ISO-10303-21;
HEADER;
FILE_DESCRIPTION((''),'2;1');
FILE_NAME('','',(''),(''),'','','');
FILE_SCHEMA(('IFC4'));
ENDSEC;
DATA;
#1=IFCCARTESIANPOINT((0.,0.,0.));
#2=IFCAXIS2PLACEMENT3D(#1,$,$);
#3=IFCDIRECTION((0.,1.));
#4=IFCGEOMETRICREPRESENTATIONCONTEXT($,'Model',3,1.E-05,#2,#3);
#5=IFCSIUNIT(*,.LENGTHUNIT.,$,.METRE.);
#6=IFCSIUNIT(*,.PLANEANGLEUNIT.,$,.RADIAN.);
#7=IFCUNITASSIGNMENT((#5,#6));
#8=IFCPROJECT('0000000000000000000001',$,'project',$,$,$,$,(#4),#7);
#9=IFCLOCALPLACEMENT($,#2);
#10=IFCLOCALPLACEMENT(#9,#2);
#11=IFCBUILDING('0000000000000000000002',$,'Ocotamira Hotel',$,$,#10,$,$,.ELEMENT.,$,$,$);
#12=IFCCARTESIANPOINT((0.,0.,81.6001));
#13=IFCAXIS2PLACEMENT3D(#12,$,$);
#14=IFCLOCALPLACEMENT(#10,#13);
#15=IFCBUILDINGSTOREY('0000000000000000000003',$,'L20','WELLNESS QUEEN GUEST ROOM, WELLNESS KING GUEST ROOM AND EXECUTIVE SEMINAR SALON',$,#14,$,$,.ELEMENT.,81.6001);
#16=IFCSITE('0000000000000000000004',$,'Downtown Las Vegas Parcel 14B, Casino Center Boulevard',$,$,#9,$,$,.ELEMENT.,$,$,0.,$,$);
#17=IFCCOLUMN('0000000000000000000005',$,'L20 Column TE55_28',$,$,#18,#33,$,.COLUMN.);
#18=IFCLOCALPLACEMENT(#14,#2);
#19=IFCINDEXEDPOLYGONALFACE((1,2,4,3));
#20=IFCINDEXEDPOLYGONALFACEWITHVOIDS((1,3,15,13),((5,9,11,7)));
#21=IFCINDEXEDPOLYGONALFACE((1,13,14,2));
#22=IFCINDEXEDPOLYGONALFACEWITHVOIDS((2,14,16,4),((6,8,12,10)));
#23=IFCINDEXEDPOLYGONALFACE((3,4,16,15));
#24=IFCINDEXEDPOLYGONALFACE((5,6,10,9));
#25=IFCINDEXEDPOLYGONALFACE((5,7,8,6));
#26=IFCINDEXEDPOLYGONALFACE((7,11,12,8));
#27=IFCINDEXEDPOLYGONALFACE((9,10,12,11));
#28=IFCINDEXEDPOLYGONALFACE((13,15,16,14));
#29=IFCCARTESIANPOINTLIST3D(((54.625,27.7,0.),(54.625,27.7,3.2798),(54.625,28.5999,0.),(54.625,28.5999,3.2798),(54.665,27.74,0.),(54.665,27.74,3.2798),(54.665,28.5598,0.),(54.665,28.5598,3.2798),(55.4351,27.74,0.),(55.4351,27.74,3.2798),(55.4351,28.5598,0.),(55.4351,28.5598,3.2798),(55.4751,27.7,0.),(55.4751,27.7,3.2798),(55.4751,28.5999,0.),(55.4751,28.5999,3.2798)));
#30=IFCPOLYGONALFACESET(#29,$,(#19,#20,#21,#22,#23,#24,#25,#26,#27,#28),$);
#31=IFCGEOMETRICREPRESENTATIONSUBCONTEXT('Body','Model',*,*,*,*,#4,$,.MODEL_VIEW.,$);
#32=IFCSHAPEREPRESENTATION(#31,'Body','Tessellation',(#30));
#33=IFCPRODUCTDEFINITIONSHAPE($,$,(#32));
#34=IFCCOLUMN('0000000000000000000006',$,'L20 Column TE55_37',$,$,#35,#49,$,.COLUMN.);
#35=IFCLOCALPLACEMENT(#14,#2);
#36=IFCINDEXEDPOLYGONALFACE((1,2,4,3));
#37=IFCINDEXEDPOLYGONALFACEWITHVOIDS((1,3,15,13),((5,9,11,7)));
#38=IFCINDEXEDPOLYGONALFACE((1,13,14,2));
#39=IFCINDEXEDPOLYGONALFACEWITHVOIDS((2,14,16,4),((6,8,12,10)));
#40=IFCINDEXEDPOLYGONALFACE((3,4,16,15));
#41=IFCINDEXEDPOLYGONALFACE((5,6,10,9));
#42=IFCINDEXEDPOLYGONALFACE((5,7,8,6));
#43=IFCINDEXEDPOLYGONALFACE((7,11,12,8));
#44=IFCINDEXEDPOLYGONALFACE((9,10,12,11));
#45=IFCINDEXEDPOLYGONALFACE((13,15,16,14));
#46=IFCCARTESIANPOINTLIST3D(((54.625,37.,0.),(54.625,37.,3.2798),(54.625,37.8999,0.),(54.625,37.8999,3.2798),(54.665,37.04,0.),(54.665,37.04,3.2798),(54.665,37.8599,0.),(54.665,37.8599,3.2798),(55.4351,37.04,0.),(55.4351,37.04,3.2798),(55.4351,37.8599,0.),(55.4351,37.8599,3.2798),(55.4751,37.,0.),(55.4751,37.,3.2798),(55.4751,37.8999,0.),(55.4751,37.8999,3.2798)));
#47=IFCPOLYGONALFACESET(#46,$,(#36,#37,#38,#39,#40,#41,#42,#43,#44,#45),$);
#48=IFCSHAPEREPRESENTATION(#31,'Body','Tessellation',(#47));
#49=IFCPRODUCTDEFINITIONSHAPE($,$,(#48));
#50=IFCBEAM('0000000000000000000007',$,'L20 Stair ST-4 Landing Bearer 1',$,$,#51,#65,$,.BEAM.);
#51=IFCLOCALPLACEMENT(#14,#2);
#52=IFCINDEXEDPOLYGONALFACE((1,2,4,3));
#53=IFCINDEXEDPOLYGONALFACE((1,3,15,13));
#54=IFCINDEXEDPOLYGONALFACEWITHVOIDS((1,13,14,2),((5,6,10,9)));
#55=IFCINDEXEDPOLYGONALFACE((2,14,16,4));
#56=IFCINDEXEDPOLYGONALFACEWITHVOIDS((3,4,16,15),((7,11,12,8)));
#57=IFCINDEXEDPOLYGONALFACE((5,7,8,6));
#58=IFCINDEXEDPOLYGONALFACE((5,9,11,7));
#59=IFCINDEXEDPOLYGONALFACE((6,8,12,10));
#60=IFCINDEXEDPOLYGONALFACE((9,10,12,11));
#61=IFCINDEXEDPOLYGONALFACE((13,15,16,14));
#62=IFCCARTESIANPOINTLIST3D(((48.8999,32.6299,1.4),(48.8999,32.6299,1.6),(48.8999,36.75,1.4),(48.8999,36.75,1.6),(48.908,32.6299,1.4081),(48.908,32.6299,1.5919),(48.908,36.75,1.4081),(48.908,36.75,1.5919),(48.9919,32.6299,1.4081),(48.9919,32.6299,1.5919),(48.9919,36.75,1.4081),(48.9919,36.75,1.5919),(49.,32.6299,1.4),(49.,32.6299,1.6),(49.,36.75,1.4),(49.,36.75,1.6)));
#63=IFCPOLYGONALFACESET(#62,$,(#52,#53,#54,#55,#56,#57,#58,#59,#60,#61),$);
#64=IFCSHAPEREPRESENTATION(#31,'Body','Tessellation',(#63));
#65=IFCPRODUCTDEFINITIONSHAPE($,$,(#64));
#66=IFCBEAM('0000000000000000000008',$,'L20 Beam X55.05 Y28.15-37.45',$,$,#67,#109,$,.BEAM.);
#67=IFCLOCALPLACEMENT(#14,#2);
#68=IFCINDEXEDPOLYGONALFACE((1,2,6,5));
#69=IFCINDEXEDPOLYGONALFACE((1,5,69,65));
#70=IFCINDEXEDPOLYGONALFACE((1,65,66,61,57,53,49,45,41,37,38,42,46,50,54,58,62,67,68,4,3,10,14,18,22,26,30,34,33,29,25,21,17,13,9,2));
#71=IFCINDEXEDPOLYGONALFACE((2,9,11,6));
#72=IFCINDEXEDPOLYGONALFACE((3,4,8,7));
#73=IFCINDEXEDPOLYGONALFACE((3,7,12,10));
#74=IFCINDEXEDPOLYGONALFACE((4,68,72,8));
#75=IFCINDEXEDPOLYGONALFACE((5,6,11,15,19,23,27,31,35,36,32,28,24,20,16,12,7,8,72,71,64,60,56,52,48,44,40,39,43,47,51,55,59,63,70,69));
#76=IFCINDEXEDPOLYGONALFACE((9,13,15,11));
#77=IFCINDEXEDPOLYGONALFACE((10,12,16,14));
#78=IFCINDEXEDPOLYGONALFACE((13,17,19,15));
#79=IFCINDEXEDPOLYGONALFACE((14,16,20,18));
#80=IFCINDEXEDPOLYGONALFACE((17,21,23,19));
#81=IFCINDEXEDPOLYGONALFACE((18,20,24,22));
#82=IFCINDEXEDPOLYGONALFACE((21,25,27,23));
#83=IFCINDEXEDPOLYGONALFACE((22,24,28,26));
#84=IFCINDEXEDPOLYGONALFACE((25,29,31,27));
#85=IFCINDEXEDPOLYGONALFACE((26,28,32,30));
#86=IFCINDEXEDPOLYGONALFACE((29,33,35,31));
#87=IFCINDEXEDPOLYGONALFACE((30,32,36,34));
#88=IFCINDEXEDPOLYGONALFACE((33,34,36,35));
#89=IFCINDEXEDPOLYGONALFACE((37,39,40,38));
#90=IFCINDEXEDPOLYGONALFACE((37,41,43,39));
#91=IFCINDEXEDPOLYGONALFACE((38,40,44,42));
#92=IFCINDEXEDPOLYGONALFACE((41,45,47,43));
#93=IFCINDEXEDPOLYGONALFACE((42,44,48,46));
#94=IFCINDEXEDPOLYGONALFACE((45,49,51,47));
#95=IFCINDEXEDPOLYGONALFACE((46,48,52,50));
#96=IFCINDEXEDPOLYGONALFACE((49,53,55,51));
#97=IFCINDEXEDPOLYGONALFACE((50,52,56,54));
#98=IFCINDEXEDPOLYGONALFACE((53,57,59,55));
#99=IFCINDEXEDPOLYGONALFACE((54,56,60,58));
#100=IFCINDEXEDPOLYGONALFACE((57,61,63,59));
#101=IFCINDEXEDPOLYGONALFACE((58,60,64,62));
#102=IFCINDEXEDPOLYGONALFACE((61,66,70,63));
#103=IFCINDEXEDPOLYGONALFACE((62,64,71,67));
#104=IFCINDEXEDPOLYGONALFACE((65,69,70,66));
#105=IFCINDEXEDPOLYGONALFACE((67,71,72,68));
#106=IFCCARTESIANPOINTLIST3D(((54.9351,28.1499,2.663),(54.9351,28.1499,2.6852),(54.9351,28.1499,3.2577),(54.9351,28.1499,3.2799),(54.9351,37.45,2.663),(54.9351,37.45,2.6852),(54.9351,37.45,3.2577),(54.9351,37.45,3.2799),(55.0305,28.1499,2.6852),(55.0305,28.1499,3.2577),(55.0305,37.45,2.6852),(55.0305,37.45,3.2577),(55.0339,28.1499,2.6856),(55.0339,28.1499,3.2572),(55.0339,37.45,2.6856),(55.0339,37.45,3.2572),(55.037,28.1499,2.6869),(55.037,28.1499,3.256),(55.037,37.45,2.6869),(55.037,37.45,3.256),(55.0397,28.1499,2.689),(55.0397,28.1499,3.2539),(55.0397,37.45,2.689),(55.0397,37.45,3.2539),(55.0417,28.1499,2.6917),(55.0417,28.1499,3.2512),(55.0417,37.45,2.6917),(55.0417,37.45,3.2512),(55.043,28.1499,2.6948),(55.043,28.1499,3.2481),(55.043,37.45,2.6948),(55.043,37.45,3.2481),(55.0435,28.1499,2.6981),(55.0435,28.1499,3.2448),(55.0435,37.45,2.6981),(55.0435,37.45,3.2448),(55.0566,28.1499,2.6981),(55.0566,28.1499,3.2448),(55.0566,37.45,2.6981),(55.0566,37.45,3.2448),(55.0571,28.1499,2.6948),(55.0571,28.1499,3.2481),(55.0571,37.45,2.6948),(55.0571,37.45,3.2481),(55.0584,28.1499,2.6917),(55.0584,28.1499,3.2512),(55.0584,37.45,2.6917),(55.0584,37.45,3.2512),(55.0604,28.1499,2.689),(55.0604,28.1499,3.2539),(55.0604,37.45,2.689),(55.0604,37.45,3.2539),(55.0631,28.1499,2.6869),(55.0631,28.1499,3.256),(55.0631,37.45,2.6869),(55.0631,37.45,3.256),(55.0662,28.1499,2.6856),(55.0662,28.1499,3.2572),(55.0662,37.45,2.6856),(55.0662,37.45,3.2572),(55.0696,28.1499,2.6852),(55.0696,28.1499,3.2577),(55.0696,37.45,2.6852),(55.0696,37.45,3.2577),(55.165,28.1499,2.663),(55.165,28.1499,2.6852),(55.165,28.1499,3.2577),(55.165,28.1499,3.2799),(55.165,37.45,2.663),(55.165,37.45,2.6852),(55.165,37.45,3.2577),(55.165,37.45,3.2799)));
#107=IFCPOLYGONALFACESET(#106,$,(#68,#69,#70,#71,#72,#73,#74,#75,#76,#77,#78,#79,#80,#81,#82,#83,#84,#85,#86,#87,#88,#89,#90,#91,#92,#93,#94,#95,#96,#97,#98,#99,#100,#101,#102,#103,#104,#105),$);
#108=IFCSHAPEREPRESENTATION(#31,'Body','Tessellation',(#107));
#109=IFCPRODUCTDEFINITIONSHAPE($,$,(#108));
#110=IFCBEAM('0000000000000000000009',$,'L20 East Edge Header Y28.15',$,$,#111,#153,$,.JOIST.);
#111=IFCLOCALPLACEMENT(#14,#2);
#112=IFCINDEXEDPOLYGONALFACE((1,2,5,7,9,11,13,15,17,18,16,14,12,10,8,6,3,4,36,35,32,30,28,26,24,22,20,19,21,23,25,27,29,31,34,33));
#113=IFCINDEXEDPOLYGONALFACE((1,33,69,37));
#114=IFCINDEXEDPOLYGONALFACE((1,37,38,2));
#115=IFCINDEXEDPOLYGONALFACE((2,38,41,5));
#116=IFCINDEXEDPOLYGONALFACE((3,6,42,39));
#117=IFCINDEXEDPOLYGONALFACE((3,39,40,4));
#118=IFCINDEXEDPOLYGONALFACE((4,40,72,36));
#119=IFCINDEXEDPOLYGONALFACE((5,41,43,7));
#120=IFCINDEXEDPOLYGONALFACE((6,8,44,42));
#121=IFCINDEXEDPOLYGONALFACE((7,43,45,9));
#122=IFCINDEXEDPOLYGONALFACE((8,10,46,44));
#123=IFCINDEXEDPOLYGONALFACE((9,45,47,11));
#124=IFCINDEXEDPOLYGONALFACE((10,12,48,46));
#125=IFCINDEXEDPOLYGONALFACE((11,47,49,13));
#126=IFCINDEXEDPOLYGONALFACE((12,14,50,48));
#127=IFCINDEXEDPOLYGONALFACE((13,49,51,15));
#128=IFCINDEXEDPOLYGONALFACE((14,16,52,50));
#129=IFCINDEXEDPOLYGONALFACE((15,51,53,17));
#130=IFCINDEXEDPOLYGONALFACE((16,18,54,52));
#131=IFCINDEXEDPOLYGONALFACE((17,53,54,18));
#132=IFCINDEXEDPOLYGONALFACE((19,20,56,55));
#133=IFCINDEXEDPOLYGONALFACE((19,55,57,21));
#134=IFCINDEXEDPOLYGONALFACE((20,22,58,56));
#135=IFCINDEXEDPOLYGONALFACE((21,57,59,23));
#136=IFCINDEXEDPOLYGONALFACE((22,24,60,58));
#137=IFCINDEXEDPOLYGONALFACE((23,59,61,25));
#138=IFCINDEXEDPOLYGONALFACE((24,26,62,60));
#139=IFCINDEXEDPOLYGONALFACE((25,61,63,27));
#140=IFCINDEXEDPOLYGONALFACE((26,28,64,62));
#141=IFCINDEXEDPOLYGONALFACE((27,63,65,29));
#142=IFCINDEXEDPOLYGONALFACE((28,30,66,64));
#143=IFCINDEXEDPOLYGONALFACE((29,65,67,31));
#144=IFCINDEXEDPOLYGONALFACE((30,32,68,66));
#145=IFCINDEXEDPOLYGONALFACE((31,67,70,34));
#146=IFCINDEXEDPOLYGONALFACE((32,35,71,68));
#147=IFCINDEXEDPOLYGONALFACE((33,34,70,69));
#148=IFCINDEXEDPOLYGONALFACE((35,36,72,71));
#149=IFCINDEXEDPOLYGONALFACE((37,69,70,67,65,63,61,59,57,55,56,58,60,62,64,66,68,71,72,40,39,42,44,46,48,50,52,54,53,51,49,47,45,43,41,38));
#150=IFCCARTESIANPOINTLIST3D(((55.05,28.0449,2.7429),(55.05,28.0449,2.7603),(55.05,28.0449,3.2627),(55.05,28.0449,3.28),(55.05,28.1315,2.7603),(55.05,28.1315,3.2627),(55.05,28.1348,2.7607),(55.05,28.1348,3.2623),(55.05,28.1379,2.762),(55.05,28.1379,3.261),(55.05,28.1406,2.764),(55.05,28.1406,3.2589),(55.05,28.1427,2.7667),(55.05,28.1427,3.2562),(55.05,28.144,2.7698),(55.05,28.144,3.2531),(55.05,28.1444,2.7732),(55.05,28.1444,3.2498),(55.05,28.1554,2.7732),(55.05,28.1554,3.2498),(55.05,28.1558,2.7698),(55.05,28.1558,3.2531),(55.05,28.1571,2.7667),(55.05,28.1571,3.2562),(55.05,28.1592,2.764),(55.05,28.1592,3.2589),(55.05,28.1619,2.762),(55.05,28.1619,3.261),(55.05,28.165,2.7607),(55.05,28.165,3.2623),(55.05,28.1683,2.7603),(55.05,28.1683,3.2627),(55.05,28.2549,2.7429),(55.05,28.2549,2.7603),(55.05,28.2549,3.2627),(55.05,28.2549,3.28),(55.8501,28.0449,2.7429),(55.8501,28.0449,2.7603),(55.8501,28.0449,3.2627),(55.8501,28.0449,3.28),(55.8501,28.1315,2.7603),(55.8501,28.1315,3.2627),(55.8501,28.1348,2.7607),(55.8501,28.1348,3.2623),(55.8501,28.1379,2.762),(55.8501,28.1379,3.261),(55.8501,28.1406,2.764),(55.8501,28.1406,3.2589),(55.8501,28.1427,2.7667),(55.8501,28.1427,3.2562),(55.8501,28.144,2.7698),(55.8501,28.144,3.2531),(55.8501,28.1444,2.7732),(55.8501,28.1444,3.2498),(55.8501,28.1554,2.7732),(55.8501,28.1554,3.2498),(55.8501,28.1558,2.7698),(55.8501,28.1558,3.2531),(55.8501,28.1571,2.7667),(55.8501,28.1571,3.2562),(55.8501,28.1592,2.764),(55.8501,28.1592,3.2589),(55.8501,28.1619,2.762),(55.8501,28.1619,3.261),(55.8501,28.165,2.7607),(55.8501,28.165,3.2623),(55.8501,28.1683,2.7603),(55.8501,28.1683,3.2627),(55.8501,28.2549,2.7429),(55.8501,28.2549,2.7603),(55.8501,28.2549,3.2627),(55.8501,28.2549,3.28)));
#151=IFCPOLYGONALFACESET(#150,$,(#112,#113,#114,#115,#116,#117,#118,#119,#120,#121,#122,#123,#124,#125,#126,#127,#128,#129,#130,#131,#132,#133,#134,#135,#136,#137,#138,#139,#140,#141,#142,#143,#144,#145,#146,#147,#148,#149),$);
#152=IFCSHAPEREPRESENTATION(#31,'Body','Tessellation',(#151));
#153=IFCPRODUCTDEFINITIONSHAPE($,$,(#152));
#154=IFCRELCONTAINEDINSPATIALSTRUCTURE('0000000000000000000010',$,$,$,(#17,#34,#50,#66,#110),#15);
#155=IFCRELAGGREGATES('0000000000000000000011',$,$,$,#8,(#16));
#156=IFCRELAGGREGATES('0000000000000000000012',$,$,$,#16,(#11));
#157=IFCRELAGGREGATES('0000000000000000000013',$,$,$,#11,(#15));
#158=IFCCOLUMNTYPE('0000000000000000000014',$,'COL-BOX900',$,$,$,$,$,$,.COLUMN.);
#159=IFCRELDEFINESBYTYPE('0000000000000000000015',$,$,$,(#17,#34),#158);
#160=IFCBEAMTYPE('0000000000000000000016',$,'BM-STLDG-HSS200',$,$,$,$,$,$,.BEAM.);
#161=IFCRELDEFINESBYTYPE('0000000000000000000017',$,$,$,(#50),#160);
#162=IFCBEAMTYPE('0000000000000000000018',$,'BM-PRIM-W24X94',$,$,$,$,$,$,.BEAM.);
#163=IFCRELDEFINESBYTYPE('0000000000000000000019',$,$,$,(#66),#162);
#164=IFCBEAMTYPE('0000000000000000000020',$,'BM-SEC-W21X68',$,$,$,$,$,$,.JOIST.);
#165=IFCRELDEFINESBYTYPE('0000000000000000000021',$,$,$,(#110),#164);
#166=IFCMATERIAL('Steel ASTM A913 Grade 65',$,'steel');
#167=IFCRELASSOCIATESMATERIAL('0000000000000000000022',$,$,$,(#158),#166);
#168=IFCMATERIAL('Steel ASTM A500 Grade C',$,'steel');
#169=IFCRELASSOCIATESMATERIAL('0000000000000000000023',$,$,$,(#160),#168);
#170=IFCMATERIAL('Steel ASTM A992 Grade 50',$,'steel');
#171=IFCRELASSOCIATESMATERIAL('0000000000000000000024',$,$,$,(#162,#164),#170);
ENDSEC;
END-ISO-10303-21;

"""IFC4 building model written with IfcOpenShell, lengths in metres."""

from ifc_helpers import new_model, si_unit, direction, frame, origin, origin_2d, place, context, subcontext, project, spatial, hollow_rectangle, i_section, extrude, source, transform, mapped, material, material_profile, profile_set, type_object, element, save


model = new_model("IFC4")

# Units and contexts
model_context = context("Model", 3, precision=1e-05, world=origin(), true_north=direction((0.0, 1.0)))
body_context = subcontext(model_context, "Body", "Model", "MODEL_VIEW")
ifc_project = project(units=[si_unit("LENGTHUNIT", "METRE"), si_unit("PLANEANGLEUNIT", "RADIAN")], contexts=[model_context])

# Site, building, storey
site_placement = place(None, origin())
site = spatial("IfcSite", under=ifc_project, at=site_placement, Name="Downtown Las Vegas Parcel 14B, Casino Center Boulevard", CompositionType="ELEMENT", RefElevation=0.0)
building_placement = place(site_placement, origin())
building = spatial("IfcBuilding", under=site, at=building_placement, Name="Ocotamira Hotel", CompositionType="ELEMENT")
storey_placement = place(building_placement, frame((0.0, 0.0, 81.6001)))
storey = spatial("IfcBuildingStorey", under=building, at=storey_placement, Name="L20", Description="WELLNESS QUEEN GUEST ROOM, WELLNESS KING GUEST ROOM AND EXECUTIVE SEMINAR SALON", CompositionType="ELEMENT", Elevation=81.6001)

# Columns
ifc_material_1 = material(Name="Steel ASTM A913 Grade 65", Category="steel")
ifc_material_profile_1 = material_profile(ifc_material_1, hollow_rectangle(XDim=0.8501, YDim=0.8999, WallThickness=0.04, at=origin_2d()), Name="BOX900X850X40")
ifc_profile_set_1 = profile_set([ifc_material_profile_1], Name="Steel ASTM A913 Grade 65")
column_type = type_object("IfcColumnType", Name="COL-BOX900", PredefinedType="COLUMN", material=ifc_profile_set_1)
shared_shape_1 = source(origin(), body_context, "Body", "SweptSolid", [
    extrude(hollow_rectangle(XDim=0.8501, YDim=0.8999, WallThickness=0.04, at=origin_2d()), origin(), (0.0, 0.0, 1.0), 3.2798),
])
for number, where, z_axis, x_axis, name in (
    (1, (55.05, 28.1499, 0.0), (0.0, 0.0, 1.0), (1.0, 0.0, 0.0), "L20 Column TE55_28"),
    (2, (55.05, 37.45, 0.0), (0.0, 0.0, 1.0), (1.0, 0.0, 0.0), "L20 Column TE55_37"),
):
    element("IfcColumn", number, at=place(storey_placement, frame(where, z_axis=z_axis, x_axis=x_axis)), inside=storey, type_object=column_type, Name=name, PredefinedType="COLUMN", context=body_context, shape_type="MappedRepresentation", body=[
        mapped(shared_shape_1, transform((0.0, 0.0, 0.0), scale=1.0)),
    ])

# Beams
ifc_material_2 = material(Name="Steel ASTM A500 Grade C", Category="steel")
ifc_material_profile_2 = material_profile(ifc_material_2, hollow_rectangle(XDim=0.1001, YDim=0.2, WallThickness=0.0081, at=origin_2d()), Name="HSS200X100X8")
ifc_profile_set_2 = profile_set([ifc_material_profile_2], Name="Steel ASTM A500 Grade C")
beam_type_1 = type_object("IfcBeamType", Name="BM-STLDG-HSS200", PredefinedType="BEAM", material=ifc_profile_set_2)
shared_shape_2 = source(origin(), body_context, "Body", "SweptSolid", [
    extrude(hollow_rectangle(XDim=0.1001, YDim=0.2, WallThickness=0.0081, at=origin_2d()), origin(), (0.0, 0.0, 1.0), 4.1201),
])
beam_1_placement = place(storey_placement, frame((48.95, 32.6299, 1.5), z_axis=(0.0, 1.0, 0.0), x_axis=(-1.0, 0.0, 0.0)))
element("IfcBeam", 3, at=beam_1_placement, inside=storey, type_object=beam_type_1, Name="L20 Stair ST-4 Landing Bearer 1", PredefinedType="BEAM", context=body_context, shape_type="MappedRepresentation", body=[
    mapped(shared_shape_2, transform((0.0, 0.0, 0.0), scale=1.0)),
])
ifc_material_3 = material(Name="Steel ASTM A992 Grade 50", Category="steel")
ifc_material_profile_3 = material_profile(ifc_material_3, i_section(OverallWidth=0.23, OverallDepth=0.6169, WebThickness=0.0132, FlangeThickness=0.0222, FilletRadius=0.0129, at=origin_2d()), Name="W24X94")
ifc_profile_set_3 = profile_set([ifc_material_profile_3], Name="Steel ASTM A992 Grade 50")
beam_type_2 = type_object("IfcBeamType", Name="BM-PRIM-W24X94", PredefinedType="BEAM", material=ifc_profile_set_3)
shared_shape_3 = source(origin(), body_context, "Body", "SweptSolid", [
    extrude(i_section(OverallWidth=0.23, OverallDepth=0.6169, WebThickness=0.0132, FlangeThickness=0.0222, FilletRadius=0.0129, at=origin_2d()), origin(), (0.0, 0.0, 1.0), 9.3),
])
beam_2_placement = place(storey_placement, frame((55.05, 28.1499, 2.9714), z_axis=(0.0, 1.0, 0.0), x_axis=(-1.0, 0.0, 0.0)))
element("IfcBeam", 4, at=beam_2_placement, inside=storey, type_object=beam_type_2, Name="L20 Beam X55.05 Y28.15-37.45", PredefinedType="BEAM", context=body_context, shape_type="MappedRepresentation", body=[
    mapped(shared_shape_3, transform((0.0, 0.0, 0.0), scale=1.0)),
])
ifc_material_profile_4 = material_profile(ifc_material_3, i_section(OverallWidth=0.21, OverallDepth=0.5371, WebThickness=0.011, FlangeThickness=0.0173, FilletRadius=0.0129, at=origin_2d()), Name="W21X68")
ifc_profile_set_4 = profile_set([ifc_material_profile_4], Name="Steel ASTM A992 Grade 50")
beam_type_3 = type_object("IfcBeamType", Name="BM-SEC-W21X68", PredefinedType="JOIST", material=ifc_profile_set_4)
shared_shape_4 = source(origin(), body_context, "Body", "SweptSolid", [
    extrude(i_section(OverallWidth=0.21, OverallDepth=0.5371, WebThickness=0.011, FlangeThickness=0.0173, FilletRadius=0.0129, at=origin_2d()), origin(), (0.0, 0.0, 1.0), 0.8),
])
for number, where, z_axis, x_axis, name in (
    (5, (55.05, 28.1499, 3.0115), (1.0, 0.0, 0.0), (0.0, 1.0, 0.0), "L20 East Edge Header Y28.15"),
):
    element("IfcBeam", number, at=place(storey_placement, frame(where, z_axis=z_axis, x_axis=x_axis)), inside=storey, type_object=beam_type_3, Name=name, PredefinedType="JOIST", context=body_context, shape_type="MappedRepresentation", body=[
        mapped(shared_shape_4, transform((0.0, 0.0, 0.0), scale=1.0)),
    ])

save(model, "model.ifc")
